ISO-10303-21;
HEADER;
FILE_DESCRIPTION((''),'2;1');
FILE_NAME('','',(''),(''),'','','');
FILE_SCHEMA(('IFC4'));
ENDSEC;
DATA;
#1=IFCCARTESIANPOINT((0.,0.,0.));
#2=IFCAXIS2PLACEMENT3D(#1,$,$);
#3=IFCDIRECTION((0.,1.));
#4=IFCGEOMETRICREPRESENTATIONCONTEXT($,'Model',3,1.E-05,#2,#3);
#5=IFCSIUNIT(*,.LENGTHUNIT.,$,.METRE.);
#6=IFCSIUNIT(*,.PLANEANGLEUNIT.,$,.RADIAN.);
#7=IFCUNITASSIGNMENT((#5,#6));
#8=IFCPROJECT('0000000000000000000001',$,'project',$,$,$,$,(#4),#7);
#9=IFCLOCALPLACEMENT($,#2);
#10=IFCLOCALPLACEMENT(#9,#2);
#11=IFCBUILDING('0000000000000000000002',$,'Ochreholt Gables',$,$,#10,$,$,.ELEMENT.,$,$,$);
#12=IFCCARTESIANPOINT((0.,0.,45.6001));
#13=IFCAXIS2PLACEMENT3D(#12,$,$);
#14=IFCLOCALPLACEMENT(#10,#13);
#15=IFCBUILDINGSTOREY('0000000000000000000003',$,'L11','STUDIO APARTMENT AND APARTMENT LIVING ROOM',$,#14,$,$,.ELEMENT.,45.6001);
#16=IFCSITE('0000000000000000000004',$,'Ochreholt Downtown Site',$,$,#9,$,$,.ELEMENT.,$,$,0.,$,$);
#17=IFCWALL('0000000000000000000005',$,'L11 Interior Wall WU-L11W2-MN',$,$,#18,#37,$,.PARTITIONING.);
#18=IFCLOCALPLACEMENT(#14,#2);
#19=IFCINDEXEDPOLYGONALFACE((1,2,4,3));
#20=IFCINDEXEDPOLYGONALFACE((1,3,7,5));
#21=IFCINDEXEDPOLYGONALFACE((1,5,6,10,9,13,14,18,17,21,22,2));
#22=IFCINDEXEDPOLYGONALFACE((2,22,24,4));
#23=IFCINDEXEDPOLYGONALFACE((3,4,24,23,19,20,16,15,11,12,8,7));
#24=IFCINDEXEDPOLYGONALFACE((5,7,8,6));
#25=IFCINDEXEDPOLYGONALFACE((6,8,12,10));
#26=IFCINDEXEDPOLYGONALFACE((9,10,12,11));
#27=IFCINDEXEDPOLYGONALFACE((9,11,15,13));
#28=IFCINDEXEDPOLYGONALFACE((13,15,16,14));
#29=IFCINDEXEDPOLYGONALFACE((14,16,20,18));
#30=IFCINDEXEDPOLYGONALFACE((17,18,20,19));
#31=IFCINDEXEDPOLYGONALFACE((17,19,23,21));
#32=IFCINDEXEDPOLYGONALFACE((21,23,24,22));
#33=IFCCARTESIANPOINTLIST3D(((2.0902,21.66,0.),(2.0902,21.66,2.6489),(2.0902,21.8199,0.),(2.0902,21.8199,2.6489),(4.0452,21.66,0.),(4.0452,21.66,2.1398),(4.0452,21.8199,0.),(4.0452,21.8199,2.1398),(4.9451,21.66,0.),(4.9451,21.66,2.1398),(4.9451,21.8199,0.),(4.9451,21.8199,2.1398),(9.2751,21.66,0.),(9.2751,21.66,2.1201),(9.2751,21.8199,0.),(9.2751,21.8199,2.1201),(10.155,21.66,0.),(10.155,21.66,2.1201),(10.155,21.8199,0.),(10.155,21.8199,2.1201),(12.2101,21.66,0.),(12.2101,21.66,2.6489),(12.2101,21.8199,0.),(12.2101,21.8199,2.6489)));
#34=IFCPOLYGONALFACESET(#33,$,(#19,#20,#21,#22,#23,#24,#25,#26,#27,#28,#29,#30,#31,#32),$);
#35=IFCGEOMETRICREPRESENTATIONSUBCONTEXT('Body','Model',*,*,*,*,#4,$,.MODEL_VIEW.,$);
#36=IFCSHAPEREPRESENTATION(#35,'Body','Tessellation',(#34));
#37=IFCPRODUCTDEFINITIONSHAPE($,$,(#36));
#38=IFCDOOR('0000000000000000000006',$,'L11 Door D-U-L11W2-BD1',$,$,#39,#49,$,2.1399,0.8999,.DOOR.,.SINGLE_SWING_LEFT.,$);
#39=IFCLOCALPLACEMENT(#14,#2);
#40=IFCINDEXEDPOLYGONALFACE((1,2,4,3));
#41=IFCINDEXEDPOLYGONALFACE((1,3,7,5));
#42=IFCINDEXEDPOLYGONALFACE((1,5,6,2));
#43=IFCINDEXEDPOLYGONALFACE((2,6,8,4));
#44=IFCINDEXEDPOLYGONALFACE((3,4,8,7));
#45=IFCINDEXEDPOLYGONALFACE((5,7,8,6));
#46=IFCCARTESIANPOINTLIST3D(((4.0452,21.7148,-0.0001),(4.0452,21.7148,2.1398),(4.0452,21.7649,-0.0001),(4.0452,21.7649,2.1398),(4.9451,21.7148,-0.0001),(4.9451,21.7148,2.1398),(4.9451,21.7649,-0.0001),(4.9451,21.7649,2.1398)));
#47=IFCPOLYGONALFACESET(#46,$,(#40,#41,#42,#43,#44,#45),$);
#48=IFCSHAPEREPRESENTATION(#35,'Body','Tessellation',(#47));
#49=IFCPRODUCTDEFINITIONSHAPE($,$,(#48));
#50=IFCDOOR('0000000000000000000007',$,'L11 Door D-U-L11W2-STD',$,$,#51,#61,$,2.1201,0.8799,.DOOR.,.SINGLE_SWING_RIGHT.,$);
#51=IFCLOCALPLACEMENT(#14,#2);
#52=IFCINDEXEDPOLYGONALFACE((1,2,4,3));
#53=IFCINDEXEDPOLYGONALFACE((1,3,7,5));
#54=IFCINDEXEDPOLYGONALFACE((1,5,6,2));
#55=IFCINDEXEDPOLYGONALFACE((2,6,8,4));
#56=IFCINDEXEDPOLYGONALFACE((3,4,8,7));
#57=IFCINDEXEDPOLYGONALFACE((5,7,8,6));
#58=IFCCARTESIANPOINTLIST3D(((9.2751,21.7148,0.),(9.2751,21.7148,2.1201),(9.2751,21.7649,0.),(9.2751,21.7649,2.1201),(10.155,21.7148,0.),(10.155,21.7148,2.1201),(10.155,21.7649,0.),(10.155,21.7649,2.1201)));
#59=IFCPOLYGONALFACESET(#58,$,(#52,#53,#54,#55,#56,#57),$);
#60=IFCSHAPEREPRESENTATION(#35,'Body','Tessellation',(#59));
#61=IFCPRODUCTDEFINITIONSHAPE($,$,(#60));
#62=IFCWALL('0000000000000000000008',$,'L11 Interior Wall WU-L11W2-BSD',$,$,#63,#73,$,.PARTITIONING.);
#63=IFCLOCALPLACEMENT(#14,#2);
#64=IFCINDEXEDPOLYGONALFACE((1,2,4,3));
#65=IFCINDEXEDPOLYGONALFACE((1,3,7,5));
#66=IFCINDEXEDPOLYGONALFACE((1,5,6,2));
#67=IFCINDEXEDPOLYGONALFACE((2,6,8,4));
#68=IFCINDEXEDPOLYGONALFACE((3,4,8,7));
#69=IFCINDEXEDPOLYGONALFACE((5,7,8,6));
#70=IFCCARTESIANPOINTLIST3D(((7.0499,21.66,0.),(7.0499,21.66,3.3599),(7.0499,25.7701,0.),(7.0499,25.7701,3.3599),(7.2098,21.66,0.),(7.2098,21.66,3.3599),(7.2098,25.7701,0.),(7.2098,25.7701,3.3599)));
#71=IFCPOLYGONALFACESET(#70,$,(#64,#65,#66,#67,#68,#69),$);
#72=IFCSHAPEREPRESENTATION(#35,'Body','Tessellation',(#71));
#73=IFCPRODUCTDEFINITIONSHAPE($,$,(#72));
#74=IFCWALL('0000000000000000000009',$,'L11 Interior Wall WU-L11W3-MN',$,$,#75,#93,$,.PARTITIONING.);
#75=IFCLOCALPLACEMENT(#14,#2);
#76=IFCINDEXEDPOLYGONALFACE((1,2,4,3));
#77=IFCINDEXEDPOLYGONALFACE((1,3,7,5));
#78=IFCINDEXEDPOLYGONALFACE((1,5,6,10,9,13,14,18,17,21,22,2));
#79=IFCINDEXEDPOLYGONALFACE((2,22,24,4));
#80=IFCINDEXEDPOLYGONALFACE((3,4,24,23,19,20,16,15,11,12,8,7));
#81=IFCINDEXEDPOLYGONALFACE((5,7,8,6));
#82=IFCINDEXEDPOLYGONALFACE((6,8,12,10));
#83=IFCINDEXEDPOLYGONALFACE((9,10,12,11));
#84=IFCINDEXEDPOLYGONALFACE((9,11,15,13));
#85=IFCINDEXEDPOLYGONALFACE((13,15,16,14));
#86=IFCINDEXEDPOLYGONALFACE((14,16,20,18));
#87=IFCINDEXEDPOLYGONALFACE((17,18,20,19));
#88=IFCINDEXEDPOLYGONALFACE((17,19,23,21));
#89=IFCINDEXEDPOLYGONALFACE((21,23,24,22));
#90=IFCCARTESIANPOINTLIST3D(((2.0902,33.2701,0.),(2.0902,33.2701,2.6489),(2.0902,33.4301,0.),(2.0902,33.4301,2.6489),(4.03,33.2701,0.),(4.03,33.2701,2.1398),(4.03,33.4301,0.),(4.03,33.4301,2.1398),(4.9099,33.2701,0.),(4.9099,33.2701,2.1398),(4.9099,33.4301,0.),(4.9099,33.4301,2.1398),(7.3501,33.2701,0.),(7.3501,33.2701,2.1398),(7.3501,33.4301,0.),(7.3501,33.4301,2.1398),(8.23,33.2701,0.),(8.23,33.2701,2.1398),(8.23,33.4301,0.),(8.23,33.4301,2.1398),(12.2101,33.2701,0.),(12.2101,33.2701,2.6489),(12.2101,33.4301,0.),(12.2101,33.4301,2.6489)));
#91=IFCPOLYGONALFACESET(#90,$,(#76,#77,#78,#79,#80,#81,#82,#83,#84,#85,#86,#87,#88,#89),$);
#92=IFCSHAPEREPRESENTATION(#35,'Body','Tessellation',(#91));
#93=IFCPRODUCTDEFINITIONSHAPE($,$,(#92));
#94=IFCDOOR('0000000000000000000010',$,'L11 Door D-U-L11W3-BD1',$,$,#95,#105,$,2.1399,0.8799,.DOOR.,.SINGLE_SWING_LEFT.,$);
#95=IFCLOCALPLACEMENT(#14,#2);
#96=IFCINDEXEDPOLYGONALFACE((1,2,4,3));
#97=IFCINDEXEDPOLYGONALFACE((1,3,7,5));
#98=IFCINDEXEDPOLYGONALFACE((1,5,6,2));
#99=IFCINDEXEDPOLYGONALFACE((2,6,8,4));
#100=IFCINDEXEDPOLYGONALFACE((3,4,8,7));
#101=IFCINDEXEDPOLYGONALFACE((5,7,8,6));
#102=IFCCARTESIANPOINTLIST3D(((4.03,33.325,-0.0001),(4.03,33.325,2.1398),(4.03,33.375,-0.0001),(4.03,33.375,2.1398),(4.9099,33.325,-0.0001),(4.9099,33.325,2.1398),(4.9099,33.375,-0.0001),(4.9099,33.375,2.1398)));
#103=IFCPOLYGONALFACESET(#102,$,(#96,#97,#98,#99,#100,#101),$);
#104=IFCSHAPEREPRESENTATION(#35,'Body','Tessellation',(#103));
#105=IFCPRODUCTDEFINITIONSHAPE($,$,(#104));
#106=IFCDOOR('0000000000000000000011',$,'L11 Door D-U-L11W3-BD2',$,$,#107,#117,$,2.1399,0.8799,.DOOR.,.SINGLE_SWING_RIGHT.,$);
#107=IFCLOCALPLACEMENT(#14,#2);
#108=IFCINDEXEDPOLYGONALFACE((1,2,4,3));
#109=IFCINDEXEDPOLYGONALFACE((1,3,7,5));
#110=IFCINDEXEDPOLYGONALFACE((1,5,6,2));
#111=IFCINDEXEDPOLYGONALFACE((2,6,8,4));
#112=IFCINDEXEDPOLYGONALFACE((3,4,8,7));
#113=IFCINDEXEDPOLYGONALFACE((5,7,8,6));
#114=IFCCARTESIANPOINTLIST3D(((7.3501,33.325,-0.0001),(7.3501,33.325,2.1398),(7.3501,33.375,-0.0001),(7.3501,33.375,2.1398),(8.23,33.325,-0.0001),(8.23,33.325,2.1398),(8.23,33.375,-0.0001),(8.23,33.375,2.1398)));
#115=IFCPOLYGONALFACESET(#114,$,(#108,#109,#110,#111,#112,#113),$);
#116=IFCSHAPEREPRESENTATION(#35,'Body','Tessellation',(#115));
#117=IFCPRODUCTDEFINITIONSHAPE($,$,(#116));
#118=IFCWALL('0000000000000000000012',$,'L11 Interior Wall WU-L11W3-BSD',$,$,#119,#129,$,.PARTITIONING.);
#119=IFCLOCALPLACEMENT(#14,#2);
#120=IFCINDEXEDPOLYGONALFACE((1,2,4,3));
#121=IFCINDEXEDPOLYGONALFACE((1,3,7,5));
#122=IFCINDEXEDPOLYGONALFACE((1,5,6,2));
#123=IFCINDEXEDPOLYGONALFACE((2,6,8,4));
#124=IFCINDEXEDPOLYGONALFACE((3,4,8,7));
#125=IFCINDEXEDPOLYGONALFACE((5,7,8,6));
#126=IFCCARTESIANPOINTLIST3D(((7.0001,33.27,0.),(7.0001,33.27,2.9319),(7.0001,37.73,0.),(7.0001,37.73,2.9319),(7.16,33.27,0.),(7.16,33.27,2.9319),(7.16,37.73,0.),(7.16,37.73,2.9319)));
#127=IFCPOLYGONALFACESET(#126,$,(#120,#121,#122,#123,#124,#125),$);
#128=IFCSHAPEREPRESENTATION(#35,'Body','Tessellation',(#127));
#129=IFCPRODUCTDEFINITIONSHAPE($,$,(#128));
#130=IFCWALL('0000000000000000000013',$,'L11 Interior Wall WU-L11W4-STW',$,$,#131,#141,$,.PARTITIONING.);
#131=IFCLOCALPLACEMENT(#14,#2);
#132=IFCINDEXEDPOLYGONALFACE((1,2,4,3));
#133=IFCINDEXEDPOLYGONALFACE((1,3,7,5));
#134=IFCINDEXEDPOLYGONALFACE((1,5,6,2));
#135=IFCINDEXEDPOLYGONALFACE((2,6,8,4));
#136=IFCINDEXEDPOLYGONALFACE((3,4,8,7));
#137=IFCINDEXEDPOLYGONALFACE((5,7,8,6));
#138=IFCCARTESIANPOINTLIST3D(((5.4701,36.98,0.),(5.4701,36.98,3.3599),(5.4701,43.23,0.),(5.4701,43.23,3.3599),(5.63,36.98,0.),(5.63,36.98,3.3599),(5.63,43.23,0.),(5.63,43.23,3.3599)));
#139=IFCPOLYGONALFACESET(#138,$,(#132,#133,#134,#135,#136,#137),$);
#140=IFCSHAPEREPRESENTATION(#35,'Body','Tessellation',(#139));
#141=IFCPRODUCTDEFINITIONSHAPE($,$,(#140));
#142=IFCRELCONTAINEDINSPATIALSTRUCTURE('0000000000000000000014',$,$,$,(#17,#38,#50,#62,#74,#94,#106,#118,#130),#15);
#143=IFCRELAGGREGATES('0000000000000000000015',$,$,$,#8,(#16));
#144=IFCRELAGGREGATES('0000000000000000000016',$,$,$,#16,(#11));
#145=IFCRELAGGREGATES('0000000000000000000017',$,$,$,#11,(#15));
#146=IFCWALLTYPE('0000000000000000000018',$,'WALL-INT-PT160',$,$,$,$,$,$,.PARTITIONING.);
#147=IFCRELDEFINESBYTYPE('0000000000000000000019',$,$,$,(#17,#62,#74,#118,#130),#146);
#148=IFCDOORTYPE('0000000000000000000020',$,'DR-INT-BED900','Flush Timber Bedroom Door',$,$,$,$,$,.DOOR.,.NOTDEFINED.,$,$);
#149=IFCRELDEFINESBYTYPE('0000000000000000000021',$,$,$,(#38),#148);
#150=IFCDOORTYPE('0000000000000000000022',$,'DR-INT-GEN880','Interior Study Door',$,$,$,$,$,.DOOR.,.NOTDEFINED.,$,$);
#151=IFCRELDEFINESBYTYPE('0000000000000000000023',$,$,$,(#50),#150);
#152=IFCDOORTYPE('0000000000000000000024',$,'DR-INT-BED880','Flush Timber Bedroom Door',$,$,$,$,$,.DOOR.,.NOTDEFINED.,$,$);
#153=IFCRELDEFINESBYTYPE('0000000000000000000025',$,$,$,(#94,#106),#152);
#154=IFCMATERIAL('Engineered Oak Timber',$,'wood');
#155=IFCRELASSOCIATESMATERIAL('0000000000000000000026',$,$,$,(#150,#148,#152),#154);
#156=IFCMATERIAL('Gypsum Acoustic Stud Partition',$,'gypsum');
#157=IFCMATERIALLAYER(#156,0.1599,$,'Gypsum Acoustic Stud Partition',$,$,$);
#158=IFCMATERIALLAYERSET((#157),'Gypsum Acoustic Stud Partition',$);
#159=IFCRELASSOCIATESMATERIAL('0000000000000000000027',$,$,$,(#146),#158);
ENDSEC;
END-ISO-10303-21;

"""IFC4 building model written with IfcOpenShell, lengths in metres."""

from ifc_helpers import new_model, si_unit, direction, frame, frame_2d, origin, place, context, subcontext, project, spatial, rectangle, extrude, material, layer, layer_set, type_object, element, fill, save


model = new_model("IFC4")

# Units and contexts
model_context = context("Model", 3, precision=1e-05, world=origin(), true_north=direction((0.0, 1.0)))
body_context = subcontext(model_context, "Body", "Model", "MODEL_VIEW")
ifc_project = project(units=[si_unit("LENGTHUNIT", "METRE"), si_unit("PLANEANGLEUNIT", "RADIAN")], contexts=[model_context])

# Site, building, storey
site_placement = place(None, origin())
site = spatial("IfcSite", under=ifc_project, at=site_placement, Name="Ochreholt Downtown Site", CompositionType="ELEMENT", RefElevation=0.0)
building_placement = place(site_placement, origin())
building = spatial("IfcBuilding", under=site, at=building_placement, Name="Ochreholt Gables", CompositionType="ELEMENT")
storey_placement = place(building_placement, frame((0.0, 0.0, 45.6001)))
storey = spatial("IfcBuildingStorey", under=building, at=storey_placement, Name="L11", Description="STUDIO APARTMENT AND APARTMENT LIVING ROOM", CompositionType="ELEMENT", Elevation=45.6001)

# Shared definitions
ifc_material_1 = material(Name="Engineered Oak Timber", Category="wood")
door_type_1 = type_object("IfcDoorType", Name="DR-INT-GEN880", Description="Interior Study Door", OperationType="NOTDEFINED", PredefinedType="DOOR", material=ifc_material_1)

# Wall, openings, doors
ifc_material_2 = material(Name="Gypsum Acoustic Stud Partition", Category="gypsum")
ifc_layer_1 = layer(ifc_material_2, 0.1599, Name="Gypsum Acoustic Stud Partition")
ifc_layer_set_1 = layer_set([ifc_layer_1], Name="Gypsum Acoustic Stud Partition")
wall_type_1 = type_object("IfcWallType", Name="WALL-INT-PT160", PredefinedType="PARTITIONING", material=ifc_layer_set_1)
wall_1_placement = place(storey_placement, frame((2.0901, 21.74, 0.0), z_axis=(0.0, 0.0, 1.0), x_axis=(1.0, 0.0, 0.0)))
wall_1 = element("IfcWall", 1, at=wall_1_placement, inside=storey, type_object=wall_type_1, Name="L11 Interior Wall WU-L11W2-MN", PredefinedType="PARTITIONING", context=body_context, shape_type="SweptSolid", body=[
    extrude(rectangle(XDim=10.1199, YDim=0.1599, at=frame_2d((5.0601, 0.0))), origin(), (0.0, 0.0, 1.0), 2.6489),
])
opening_1_placement = place(wall_1_placement, frame((7.1851, 0.0, 0.0)))
opening_1 = element("IfcOpeningElement", 2, at=opening_1_placement, cuts=wall_1, PredefinedType="OPENING", context=body_context, shape_type="SweptSolid", body=[
    extrude(rectangle(XDim=0.8799, YDim=2.1201, at=frame_2d((0.4399, 1.0601))), frame((0.0, 0.0898, 0.0), z_axis=(0.0, -1.0, 0.0), x_axis=(1.0, 0.0, 0.0)), (0.0, 0.0, 1.0), 0.1799),
])
opening_2_placement = place(wall_1_placement, frame((1.9551, 0.0, 0.0)))
opening_2 = element("IfcOpeningElement", 3, at=opening_2_placement, cuts=wall_1, PredefinedType="OPENING", context=body_context, shape_type="SweptSolid", body=[
    extrude(rectangle(XDim=0.8999, YDim=2.1399, at=frame_2d((0.45, 1.0698))), frame((0.0, 0.0898, 0.0), z_axis=(0.0, -1.0, 0.0), x_axis=(1.0, 0.0, 0.0)), (0.0, 0.0, 1.0), 0.1799),
])
door_type_2 = type_object("IfcDoorType", Name="DR-INT-BED900", Description="Flush Timber Bedroom Door", OperationType="NOTDEFINED", PredefinedType="DOOR", material=ifc_material_1)
door_1_placement = place(opening_2_placement, origin())
door_1 = element("IfcDoor", 4, at=door_1_placement, inside=storey, type_object=door_type_2, Name="L11 Door D-U-L11W2-BD1", OperationType="SINGLE_SWING_LEFT", OverallHeight=2.1399, OverallWidth=0.8999, PredefinedType="DOOR", context=body_context, shape_type="SweptSolid", body=[
    extrude(rectangle(XDim=0.8999, YDim=2.1399, at=frame_2d((0.45, 1.0698))), frame((0.0, 0.0249, 0.0), z_axis=(0.0, -1.0, 0.0), x_axis=(1.0, 0.0, 0.0)), (0.0, 0.0, 1.0), 0.05),
])
fill(opening_2, door_1)
door_2_placement = place(opening_1_placement, origin())
door_2 = element("IfcDoor", 5, at=door_2_placement, inside=storey, type_object=door_type_1, Name="L11 Door D-U-L11W2-STD", OperationType="SINGLE_SWING_RIGHT", OverallHeight=2.1201, OverallWidth=0.8799, PredefinedType="DOOR", context=body_context, shape_type="SweptSolid", body=[
    extrude(rectangle(XDim=0.8799, YDim=2.1201, at=frame_2d((0.4399, 1.0601))), frame((0.0, 0.0249, 0.0), z_axis=(0.0, -1.0, 0.0), x_axis=(1.0, 0.0, 0.0)), (0.0, 0.0, 1.0), 0.05),
])
fill(opening_1, door_2)

# Wall
wall_2_placement = place(storey_placement, frame((7.1299, 21.6599, 0.0), z_axis=(0.0, 0.0, 1.0), x_axis=(0.0, 1.0, 0.0)))
element("IfcWall", 6, at=wall_2_placement, inside=storey, type_object=wall_type_1, Name="L11 Interior Wall WU-L11W2-BSD", PredefinedType="PARTITIONING", context=body_context, shape_type="SweptSolid", body=[
    extrude(rectangle(XDim=4.1101, YDim=0.1599, at=frame_2d((2.0552, 0.0))), origin(), (0.0, 0.0, 1.0), 3.3599),
])

# Wall, openings, doors
wall_3_placement = place(storey_placement, frame((2.0901, 33.3501, 0.0), z_axis=(0.0, 0.0, 1.0), x_axis=(1.0, 0.0, 0.0)))
wall_3 = element("IfcWall", 7, at=wall_3_placement, inside=storey, type_object=wall_type_1, Name="L11 Interior Wall WU-L11W3-MN", PredefinedType="PARTITIONING", context=body_context, shape_type="SweptSolid", body=[
    extrude(rectangle(XDim=10.1199, YDim=0.1599, at=frame_2d((5.0601, 0.0))), origin(), (0.0, 0.0, 1.0), 2.6489),
])
opening_3_placement = place(wall_3_placement, frame((1.9399, 0.0, 0.0)))
opening_3 = element("IfcOpeningElement", 8, at=opening_3_placement, cuts=wall_3, PredefinedType="OPENING", context=body_context, shape_type="SweptSolid", body=[
    extrude(rectangle(XDim=0.8799, YDim=2.1399, at=frame_2d((0.4399, 1.0698))), frame((0.0, 0.0898, 0.0), z_axis=(0.0, -1.0, 0.0), x_axis=(1.0, 0.0, 0.0)), (0.0, 0.0, 1.0), 0.1799),
])
opening_4_placement = place(wall_3_placement, frame((5.26, 0.0, 0.0)))
opening_4 = element("IfcOpeningElement", 9, at=opening_4_placement, cuts=wall_3, PredefinedType="OPENING", context=body_context, shape_type="SweptSolid", body=[
    extrude(rectangle(XDim=0.8799, YDim=2.1399, at=frame_2d((0.4399, 1.0698))), frame((0.0, 0.0898, 0.0), z_axis=(0.0, -1.0, 0.0), x_axis=(1.0, 0.0, 0.0)), (0.0, 0.0, 1.0), 0.1799),
])
door_type_3 = type_object("IfcDoorType", Name="DR-INT-BED880", Description="Flush Timber Bedroom Door", OperationType="NOTDEFINED", PredefinedType="DOOR", material=ifc_material_1)
door_3_placement = place(opening_3_placement, origin())
door_3 = element("IfcDoor", 10, at=door_3_placement, inside=storey, type_object=door_type_3, Name="L11 Door D-U-L11W3-BD1", OperationType="SINGLE_SWING_LEFT", OverallHeight=2.1399, OverallWidth=0.8799, PredefinedType="DOOR", context=body_context, shape_type="SweptSolid", body=[
    extrude(rectangle(XDim=0.8799, YDim=2.1399, at=frame_2d((0.4399, 1.0698))), frame((0.0, 0.0249, 0.0), z_axis=(0.0, -1.0, 0.0), x_axis=(1.0, 0.0, 0.0)), (0.0, 0.0, 1.0), 0.05),
])
fill(opening_3, door_3)
door_4_placement = place(opening_4_placement, origin())
door_4 = element("IfcDoor", 11, at=door_4_placement, inside=storey, type_object=door_type_3, Name="L11 Door D-U-L11W3-BD2", OperationType="SINGLE_SWING_RIGHT", OverallHeight=2.1399, OverallWidth=0.8799, PredefinedType="DOOR", context=body_context, shape_type="SweptSolid", body=[
    extrude(rectangle(XDim=0.8799, YDim=2.1399, at=frame_2d((0.4399, 1.0698))), frame((0.0, 0.0249, 0.0), z_axis=(0.0, -1.0, 0.0), x_axis=(1.0, 0.0, 0.0)), (0.0, 0.0, 1.0), 0.05),
])
fill(opening_4, door_4)

# Walls
wall_4_placement = place(storey_placement, frame((7.0801, 33.27, 0.0), z_axis=(0.0, 0.0, 1.0), x_axis=(0.0, 1.0, 0.0)))
element("IfcWall", 12, at=wall_4_placement, inside=storey, type_object=wall_type_1, Name="L11 Interior Wall WU-L11W3-BSD", PredefinedType="PARTITIONING", context=body_context, shape_type="SweptSolid", body=[
    extrude(rectangle(XDim=4.46, YDim=0.1599, at=frame_2d((2.23, 0.0))), origin(), (0.0, 0.0, 1.0), 2.9319),
])
wall_5_placement = place(storey_placement, frame((5.55, 36.98, 0.0), z_axis=(0.0, 0.0, 1.0), x_axis=(0.0, 1.0, 0.0)))
element("IfcWall", 13, at=wall_5_placement, inside=storey, type_object=wall_type_1, Name="L11 Interior Wall WU-L11W4-STW", PredefinedType="PARTITIONING", context=body_context, shape_type="SweptSolid", body=[
    extrude(rectangle(XDim=6.25, YDim=0.1599, at=frame_2d((3.125, 0.0))), origin(), (0.0, 0.0, 1.0), 3.3599),
])

save(model, "model.ifc")
